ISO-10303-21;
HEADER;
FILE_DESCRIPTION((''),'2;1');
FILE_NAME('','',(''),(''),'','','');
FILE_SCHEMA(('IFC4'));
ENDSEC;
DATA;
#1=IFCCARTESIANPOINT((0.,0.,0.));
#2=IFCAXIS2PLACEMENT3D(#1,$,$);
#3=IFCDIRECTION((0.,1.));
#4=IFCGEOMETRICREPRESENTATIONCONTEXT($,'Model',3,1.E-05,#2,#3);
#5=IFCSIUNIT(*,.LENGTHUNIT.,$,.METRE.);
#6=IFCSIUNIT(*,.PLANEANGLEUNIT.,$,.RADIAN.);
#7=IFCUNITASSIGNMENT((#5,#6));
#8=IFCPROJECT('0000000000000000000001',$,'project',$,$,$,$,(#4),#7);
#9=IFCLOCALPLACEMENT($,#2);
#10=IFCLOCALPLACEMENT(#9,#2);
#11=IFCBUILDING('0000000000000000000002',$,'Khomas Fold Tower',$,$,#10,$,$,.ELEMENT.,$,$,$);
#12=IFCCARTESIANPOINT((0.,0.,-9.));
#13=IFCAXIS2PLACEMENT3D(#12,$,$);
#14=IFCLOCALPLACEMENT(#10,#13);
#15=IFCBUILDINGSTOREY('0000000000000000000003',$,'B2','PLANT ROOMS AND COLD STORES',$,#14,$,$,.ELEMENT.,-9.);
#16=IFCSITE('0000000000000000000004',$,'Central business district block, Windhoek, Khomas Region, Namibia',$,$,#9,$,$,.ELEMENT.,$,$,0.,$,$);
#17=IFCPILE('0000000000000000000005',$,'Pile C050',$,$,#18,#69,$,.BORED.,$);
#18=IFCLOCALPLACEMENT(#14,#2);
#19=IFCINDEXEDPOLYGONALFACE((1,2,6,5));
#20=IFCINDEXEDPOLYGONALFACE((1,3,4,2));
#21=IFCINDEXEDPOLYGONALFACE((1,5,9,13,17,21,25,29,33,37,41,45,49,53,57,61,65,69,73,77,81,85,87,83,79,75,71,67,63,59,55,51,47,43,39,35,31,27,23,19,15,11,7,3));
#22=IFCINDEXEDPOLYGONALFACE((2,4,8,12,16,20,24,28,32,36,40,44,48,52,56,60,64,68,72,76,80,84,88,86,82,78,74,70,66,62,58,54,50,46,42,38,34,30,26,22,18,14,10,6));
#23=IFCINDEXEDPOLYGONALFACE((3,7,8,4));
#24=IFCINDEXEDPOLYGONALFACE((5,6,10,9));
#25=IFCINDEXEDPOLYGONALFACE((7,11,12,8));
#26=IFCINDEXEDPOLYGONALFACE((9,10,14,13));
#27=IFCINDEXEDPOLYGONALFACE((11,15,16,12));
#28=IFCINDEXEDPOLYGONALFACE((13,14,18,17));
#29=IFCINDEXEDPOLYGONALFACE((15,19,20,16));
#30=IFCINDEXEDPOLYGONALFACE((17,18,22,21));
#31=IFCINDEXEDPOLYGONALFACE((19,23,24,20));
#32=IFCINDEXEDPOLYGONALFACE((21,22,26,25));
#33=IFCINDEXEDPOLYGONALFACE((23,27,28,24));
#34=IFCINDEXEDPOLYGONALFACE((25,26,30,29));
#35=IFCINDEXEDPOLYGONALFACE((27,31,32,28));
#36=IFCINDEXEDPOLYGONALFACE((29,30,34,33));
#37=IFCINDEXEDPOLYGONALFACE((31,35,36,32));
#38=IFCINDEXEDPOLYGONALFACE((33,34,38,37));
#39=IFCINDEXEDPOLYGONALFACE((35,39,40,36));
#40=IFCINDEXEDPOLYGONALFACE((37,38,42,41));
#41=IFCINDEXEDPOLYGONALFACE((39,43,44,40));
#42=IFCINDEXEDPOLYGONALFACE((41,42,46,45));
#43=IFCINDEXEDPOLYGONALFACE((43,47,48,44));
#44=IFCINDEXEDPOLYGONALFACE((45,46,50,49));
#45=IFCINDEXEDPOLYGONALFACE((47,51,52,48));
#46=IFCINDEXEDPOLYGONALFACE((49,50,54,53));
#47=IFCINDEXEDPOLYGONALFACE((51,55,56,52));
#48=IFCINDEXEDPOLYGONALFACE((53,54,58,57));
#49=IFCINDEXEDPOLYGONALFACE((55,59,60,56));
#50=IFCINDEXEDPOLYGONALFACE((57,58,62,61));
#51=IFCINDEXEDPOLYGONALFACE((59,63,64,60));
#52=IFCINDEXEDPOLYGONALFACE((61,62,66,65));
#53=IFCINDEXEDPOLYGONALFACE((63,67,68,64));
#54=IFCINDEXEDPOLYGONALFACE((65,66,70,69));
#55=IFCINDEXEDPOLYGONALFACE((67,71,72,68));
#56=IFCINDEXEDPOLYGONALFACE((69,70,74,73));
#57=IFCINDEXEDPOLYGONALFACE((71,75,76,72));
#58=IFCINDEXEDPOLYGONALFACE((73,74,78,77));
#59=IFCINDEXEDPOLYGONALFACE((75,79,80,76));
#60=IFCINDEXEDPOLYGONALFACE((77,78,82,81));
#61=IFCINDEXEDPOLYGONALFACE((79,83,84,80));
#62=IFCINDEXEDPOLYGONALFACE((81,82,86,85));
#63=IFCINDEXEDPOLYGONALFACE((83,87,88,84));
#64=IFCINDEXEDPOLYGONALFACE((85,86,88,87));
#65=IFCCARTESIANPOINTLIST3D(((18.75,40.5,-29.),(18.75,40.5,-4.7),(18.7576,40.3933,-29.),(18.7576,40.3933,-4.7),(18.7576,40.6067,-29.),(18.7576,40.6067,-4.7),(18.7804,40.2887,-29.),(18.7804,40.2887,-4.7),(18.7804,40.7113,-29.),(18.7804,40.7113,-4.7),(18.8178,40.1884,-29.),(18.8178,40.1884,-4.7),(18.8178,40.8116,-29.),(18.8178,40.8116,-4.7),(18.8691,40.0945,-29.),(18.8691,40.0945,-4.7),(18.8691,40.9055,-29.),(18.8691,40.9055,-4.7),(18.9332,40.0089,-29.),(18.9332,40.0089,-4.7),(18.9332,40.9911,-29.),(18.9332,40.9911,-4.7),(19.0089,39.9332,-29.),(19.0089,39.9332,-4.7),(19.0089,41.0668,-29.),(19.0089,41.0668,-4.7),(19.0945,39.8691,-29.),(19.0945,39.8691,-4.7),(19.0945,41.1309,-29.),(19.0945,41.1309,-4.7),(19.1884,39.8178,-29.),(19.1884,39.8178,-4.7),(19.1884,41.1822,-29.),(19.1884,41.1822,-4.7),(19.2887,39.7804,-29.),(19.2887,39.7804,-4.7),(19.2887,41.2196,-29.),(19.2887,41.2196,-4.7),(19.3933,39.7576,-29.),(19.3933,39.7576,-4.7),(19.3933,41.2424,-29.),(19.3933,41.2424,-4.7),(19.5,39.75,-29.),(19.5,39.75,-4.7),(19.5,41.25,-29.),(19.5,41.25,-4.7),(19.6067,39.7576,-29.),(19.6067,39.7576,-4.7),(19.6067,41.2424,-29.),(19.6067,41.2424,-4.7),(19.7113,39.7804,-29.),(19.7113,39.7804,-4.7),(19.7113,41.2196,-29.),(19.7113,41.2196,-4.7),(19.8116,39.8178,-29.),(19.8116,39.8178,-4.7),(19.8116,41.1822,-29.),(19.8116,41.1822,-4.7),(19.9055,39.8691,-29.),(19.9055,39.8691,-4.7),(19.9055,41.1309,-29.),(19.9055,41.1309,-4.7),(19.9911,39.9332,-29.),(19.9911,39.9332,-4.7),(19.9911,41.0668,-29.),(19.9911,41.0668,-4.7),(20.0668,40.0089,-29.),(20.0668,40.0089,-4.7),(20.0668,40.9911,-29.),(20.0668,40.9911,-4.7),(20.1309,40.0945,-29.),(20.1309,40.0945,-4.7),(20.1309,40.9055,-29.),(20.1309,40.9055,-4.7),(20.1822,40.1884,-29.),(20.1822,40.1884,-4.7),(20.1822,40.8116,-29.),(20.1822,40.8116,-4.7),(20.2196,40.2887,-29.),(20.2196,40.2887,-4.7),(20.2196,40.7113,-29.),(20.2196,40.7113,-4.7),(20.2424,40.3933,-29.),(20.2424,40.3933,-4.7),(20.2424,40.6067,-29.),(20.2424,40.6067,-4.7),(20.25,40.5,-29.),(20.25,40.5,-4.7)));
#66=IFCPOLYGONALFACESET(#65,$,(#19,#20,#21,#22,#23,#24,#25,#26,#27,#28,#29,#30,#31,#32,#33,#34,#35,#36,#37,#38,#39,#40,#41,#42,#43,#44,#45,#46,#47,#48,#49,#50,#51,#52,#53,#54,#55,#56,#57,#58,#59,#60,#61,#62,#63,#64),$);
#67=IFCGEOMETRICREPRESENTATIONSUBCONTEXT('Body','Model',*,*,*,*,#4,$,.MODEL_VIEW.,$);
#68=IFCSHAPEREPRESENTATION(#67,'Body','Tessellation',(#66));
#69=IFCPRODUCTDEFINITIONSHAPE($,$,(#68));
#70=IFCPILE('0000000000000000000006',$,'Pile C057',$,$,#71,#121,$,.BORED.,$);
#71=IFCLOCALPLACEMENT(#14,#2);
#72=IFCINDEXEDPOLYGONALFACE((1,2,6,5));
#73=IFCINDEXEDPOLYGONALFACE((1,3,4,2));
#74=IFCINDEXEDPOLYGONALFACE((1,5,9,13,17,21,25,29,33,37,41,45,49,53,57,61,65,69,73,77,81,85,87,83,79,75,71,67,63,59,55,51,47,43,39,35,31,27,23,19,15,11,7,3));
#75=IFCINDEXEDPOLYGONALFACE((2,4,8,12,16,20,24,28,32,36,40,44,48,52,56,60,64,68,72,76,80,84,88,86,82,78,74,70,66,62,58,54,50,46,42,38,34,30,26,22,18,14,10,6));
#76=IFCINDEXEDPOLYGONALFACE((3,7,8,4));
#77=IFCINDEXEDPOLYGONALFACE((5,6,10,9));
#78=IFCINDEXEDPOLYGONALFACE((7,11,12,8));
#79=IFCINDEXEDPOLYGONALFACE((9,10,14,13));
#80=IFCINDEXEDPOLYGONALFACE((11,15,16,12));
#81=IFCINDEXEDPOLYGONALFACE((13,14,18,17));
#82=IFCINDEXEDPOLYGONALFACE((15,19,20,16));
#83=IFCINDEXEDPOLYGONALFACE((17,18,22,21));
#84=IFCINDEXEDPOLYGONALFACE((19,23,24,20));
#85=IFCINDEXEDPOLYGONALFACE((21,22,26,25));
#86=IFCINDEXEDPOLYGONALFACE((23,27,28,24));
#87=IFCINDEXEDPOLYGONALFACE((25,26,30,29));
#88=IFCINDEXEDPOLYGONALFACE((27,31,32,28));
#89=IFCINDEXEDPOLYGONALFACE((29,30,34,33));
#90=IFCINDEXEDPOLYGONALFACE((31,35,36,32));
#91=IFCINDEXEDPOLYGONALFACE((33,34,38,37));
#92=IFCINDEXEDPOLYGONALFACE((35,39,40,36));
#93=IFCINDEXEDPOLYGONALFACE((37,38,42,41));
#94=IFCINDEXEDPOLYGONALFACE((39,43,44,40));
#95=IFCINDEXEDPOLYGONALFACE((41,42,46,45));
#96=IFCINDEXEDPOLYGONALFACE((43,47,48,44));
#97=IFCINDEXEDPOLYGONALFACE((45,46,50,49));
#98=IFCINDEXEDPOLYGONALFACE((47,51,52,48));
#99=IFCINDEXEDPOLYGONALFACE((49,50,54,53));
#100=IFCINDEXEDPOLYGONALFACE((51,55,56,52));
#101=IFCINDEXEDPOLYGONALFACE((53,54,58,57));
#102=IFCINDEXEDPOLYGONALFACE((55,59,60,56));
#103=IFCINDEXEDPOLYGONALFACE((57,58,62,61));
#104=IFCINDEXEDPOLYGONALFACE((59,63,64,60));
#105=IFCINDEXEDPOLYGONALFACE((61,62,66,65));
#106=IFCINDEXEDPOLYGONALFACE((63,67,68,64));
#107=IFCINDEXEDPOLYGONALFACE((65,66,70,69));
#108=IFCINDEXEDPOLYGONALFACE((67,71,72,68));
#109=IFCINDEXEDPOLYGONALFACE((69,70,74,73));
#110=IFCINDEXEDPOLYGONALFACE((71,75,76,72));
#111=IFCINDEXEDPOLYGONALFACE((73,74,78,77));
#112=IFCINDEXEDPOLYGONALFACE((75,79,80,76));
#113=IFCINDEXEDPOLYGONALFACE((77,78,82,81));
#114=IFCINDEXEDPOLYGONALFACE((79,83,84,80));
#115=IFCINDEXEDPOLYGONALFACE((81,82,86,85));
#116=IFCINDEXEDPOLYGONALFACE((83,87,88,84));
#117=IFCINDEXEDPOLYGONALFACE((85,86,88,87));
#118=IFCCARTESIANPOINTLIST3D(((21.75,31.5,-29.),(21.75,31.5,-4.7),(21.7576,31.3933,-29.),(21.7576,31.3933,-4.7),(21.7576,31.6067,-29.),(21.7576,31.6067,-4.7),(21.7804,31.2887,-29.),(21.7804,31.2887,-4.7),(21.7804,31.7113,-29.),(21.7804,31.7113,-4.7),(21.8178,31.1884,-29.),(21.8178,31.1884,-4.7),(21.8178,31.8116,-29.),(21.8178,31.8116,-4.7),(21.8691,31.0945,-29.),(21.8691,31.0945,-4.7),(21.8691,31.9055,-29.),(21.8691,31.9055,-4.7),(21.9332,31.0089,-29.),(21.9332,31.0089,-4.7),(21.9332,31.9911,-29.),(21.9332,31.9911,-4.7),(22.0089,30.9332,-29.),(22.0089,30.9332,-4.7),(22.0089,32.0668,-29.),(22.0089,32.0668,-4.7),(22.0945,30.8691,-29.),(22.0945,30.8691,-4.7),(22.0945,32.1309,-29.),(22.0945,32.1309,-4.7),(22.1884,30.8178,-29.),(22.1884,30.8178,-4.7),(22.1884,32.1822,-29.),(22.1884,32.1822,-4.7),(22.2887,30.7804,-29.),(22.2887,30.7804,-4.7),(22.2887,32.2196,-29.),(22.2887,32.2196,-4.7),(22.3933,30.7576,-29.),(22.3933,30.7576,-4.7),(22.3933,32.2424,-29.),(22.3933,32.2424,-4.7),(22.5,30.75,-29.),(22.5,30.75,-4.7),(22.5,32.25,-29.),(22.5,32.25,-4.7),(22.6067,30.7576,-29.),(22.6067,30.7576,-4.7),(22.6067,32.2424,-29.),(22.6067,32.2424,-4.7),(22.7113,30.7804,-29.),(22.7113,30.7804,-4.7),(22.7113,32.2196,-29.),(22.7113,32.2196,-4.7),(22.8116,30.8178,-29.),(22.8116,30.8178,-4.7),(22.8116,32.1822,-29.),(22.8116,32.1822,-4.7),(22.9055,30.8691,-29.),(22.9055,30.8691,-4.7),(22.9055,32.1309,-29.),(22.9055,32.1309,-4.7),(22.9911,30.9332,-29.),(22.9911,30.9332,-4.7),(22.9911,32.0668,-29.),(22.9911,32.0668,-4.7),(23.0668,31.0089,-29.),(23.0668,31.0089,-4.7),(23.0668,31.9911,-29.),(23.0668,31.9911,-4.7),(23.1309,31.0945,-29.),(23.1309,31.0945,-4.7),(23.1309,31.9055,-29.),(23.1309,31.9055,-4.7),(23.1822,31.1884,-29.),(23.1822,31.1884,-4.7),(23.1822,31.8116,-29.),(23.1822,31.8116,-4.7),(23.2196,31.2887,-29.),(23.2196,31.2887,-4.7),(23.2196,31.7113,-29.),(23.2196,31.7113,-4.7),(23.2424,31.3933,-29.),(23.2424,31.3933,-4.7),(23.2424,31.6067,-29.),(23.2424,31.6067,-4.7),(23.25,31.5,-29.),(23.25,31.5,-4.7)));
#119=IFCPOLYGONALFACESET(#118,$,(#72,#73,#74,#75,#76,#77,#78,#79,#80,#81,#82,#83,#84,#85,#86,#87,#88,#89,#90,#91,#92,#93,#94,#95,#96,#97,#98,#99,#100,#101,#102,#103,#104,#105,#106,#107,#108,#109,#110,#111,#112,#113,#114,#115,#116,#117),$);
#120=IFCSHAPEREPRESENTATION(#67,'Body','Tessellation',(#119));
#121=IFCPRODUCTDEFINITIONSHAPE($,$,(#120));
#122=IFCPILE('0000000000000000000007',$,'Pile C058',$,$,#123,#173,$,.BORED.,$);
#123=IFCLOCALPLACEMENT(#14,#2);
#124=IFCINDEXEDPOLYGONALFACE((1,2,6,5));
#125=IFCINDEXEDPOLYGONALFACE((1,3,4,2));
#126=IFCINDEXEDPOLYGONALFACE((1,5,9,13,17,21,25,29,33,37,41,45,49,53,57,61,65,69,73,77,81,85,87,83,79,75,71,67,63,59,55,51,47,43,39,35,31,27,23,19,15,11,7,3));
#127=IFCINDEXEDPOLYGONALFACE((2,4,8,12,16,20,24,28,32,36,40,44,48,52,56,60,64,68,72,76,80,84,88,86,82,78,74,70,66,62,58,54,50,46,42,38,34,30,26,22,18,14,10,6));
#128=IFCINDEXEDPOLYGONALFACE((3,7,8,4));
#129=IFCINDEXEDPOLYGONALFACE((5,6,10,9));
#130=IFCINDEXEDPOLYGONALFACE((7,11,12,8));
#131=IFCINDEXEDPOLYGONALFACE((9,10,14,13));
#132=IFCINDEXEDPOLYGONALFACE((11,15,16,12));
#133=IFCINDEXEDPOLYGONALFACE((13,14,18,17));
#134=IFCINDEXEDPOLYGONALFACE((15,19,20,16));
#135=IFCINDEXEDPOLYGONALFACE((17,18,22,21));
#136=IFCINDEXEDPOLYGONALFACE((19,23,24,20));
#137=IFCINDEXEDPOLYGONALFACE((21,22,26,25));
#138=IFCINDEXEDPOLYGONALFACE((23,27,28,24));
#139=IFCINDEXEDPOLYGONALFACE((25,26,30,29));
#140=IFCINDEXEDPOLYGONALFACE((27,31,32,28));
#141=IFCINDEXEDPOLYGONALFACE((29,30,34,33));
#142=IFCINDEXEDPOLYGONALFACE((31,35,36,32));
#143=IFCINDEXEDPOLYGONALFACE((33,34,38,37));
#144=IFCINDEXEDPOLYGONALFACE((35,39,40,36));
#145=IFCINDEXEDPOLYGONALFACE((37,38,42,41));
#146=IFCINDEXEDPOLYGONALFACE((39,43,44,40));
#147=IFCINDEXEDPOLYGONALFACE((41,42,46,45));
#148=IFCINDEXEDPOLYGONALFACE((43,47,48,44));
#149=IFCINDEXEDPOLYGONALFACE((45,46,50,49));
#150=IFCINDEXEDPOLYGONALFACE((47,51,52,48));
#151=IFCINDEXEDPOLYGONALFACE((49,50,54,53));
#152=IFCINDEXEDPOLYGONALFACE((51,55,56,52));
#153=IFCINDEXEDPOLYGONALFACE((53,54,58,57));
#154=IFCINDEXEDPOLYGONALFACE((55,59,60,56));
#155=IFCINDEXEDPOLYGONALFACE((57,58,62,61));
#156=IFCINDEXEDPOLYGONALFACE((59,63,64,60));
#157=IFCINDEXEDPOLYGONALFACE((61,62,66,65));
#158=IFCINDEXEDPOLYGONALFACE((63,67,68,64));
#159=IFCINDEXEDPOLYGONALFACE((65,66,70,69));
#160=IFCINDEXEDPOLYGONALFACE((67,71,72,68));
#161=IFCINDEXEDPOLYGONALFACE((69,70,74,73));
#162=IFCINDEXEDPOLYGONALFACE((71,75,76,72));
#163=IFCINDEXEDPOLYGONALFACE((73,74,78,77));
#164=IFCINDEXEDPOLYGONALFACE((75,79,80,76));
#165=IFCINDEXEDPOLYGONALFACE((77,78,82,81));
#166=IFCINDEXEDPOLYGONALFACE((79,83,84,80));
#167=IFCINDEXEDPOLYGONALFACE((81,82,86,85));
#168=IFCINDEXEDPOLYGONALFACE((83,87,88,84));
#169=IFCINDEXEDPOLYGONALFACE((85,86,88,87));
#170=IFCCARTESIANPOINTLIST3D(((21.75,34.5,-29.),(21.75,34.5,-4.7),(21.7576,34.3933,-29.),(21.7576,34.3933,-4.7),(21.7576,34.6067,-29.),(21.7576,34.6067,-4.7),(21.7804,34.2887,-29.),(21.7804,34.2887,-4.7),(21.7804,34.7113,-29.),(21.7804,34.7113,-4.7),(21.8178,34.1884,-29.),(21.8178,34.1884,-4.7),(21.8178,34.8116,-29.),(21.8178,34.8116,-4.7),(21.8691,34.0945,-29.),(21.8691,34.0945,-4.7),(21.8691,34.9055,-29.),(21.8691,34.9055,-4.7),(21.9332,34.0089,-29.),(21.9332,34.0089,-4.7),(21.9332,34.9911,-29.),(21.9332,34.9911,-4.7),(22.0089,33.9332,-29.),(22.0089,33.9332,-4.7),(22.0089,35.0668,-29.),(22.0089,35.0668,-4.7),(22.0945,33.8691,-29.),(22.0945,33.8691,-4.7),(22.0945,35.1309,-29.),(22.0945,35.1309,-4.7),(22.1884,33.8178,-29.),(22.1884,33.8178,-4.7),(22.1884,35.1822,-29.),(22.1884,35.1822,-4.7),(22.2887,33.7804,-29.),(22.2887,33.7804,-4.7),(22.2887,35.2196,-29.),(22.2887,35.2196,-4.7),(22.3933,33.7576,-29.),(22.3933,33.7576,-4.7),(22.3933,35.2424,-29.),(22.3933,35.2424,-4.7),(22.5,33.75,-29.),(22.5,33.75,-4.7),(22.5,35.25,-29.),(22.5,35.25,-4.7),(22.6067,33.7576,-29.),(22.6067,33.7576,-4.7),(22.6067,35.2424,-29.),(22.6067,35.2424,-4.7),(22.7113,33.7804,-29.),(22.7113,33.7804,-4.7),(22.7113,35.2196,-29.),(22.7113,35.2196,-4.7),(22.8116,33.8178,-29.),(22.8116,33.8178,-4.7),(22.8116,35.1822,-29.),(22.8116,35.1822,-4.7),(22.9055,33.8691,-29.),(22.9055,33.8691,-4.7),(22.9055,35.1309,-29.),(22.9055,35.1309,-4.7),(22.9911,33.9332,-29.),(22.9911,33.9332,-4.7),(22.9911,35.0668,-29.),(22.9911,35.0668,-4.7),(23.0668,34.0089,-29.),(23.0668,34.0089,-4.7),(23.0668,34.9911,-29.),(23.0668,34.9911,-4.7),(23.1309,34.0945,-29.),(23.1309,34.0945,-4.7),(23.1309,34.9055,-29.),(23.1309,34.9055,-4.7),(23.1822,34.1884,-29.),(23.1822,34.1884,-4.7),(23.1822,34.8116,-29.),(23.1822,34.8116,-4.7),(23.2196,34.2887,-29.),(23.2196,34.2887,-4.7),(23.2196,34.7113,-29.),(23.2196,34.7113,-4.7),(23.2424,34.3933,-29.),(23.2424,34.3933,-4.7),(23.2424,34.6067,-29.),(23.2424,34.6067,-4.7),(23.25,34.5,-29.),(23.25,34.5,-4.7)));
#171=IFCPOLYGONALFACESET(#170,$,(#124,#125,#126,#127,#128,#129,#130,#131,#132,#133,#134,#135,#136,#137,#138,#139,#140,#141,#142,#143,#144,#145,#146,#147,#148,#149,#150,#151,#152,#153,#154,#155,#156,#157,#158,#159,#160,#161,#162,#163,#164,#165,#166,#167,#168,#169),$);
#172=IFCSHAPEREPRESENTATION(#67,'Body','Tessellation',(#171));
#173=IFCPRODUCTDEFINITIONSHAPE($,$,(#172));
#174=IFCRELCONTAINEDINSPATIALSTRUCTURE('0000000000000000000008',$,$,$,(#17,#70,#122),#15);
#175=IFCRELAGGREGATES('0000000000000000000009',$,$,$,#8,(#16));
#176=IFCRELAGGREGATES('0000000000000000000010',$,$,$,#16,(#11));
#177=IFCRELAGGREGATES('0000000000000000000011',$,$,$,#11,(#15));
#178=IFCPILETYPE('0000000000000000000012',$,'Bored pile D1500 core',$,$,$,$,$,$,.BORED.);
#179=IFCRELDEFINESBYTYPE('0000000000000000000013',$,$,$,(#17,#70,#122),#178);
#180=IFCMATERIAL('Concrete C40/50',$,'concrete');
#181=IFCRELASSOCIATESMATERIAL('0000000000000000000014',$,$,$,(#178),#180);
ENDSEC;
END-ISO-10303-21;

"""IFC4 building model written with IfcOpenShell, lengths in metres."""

from ifc_helpers import new_model, si_unit, direction, frame, origin, origin_2d, place, context, subcontext, project, spatial, circle, extrude, source, transform, mapped, material, material_profile, profile_set, type_object, element, save


model = new_model("IFC4")

# Units and contexts
model_context = context("Model", 3, precision=1e-05, world=origin(), true_north=direction((0.0, 1.0)))
body_context = subcontext(model_context, "Body", "Model", "MODEL_VIEW")
ifc_project = project(units=[si_unit("LENGTHUNIT", "METRE"), si_unit("PLANEANGLEUNIT", "RADIAN")], contexts=[model_context])

# Site, building, storey
site_placement = place(None, origin())
site = spatial("IfcSite", under=ifc_project, at=site_placement, Name="Central business district block, Windhoek, Khomas Region, Namibia", CompositionType="ELEMENT", RefElevation=0.0)
building_placement = place(site_placement, origin())
building = spatial("IfcBuilding", under=site, at=building_placement, Name="Khomas Fold Tower", CompositionType="ELEMENT")
storey_placement = place(building_placement, frame((0.0, 0.0, -9.0)))
storey = spatial("IfcBuildingStorey", under=building, at=storey_placement, Name="B2", Description="PLANT ROOMS AND COLD STORES", CompositionType="ELEMENT", Elevation=-9.0)

# Piles
ifc_material_1 = material(Name="Concrete C40/50", Category="concrete")
ifc_material_profile_1 = material_profile(ifc_material_1, circle(Radius=0.75, at=origin_2d()), Name="PILE D1500")
ifc_profile_set_1 = profile_set([ifc_material_profile_1], Name="Concrete C40/50")
pile_type_1 = type_object("IfcPileType", Name="Bored pile D1500 core", PredefinedType="BORED", material=ifc_profile_set_1)
shared_shape_1 = source(origin(), body_context, "Body", "SweptSolid", [
    extrude(circle(Radius=0.75, at=origin_2d()), origin(), (0.0, 0.0, 1.0), 24.3),
])
for number, where, z_axis, x_axis, name in (
    (1, (19.5, 40.5, -4.7), (0.0, 0.0, -1.0), (1.0, 0.0, 0.0), "Pile C050"),
    (2, (22.5, 31.5, -4.7), (0.0, 0.0, -1.0), (1.0, 0.0, 0.0), "Pile C057"),
    (3, (22.5, 34.5, -4.7), (0.0, 0.0, -1.0), (1.0, 0.0, 0.0), "Pile C058"),
):
    element("IfcPile", number, at=place(storey_placement, frame(where, z_axis=z_axis, x_axis=x_axis)), inside=storey, type_object=pile_type_1, Name=name, PredefinedType="BORED", context=body_context, shape_type="MappedRepresentation", body=[
        mapped(shared_shape_1, transform((0.0, 0.0, 0.0))),
    ])

save(model, "model.ifc")
